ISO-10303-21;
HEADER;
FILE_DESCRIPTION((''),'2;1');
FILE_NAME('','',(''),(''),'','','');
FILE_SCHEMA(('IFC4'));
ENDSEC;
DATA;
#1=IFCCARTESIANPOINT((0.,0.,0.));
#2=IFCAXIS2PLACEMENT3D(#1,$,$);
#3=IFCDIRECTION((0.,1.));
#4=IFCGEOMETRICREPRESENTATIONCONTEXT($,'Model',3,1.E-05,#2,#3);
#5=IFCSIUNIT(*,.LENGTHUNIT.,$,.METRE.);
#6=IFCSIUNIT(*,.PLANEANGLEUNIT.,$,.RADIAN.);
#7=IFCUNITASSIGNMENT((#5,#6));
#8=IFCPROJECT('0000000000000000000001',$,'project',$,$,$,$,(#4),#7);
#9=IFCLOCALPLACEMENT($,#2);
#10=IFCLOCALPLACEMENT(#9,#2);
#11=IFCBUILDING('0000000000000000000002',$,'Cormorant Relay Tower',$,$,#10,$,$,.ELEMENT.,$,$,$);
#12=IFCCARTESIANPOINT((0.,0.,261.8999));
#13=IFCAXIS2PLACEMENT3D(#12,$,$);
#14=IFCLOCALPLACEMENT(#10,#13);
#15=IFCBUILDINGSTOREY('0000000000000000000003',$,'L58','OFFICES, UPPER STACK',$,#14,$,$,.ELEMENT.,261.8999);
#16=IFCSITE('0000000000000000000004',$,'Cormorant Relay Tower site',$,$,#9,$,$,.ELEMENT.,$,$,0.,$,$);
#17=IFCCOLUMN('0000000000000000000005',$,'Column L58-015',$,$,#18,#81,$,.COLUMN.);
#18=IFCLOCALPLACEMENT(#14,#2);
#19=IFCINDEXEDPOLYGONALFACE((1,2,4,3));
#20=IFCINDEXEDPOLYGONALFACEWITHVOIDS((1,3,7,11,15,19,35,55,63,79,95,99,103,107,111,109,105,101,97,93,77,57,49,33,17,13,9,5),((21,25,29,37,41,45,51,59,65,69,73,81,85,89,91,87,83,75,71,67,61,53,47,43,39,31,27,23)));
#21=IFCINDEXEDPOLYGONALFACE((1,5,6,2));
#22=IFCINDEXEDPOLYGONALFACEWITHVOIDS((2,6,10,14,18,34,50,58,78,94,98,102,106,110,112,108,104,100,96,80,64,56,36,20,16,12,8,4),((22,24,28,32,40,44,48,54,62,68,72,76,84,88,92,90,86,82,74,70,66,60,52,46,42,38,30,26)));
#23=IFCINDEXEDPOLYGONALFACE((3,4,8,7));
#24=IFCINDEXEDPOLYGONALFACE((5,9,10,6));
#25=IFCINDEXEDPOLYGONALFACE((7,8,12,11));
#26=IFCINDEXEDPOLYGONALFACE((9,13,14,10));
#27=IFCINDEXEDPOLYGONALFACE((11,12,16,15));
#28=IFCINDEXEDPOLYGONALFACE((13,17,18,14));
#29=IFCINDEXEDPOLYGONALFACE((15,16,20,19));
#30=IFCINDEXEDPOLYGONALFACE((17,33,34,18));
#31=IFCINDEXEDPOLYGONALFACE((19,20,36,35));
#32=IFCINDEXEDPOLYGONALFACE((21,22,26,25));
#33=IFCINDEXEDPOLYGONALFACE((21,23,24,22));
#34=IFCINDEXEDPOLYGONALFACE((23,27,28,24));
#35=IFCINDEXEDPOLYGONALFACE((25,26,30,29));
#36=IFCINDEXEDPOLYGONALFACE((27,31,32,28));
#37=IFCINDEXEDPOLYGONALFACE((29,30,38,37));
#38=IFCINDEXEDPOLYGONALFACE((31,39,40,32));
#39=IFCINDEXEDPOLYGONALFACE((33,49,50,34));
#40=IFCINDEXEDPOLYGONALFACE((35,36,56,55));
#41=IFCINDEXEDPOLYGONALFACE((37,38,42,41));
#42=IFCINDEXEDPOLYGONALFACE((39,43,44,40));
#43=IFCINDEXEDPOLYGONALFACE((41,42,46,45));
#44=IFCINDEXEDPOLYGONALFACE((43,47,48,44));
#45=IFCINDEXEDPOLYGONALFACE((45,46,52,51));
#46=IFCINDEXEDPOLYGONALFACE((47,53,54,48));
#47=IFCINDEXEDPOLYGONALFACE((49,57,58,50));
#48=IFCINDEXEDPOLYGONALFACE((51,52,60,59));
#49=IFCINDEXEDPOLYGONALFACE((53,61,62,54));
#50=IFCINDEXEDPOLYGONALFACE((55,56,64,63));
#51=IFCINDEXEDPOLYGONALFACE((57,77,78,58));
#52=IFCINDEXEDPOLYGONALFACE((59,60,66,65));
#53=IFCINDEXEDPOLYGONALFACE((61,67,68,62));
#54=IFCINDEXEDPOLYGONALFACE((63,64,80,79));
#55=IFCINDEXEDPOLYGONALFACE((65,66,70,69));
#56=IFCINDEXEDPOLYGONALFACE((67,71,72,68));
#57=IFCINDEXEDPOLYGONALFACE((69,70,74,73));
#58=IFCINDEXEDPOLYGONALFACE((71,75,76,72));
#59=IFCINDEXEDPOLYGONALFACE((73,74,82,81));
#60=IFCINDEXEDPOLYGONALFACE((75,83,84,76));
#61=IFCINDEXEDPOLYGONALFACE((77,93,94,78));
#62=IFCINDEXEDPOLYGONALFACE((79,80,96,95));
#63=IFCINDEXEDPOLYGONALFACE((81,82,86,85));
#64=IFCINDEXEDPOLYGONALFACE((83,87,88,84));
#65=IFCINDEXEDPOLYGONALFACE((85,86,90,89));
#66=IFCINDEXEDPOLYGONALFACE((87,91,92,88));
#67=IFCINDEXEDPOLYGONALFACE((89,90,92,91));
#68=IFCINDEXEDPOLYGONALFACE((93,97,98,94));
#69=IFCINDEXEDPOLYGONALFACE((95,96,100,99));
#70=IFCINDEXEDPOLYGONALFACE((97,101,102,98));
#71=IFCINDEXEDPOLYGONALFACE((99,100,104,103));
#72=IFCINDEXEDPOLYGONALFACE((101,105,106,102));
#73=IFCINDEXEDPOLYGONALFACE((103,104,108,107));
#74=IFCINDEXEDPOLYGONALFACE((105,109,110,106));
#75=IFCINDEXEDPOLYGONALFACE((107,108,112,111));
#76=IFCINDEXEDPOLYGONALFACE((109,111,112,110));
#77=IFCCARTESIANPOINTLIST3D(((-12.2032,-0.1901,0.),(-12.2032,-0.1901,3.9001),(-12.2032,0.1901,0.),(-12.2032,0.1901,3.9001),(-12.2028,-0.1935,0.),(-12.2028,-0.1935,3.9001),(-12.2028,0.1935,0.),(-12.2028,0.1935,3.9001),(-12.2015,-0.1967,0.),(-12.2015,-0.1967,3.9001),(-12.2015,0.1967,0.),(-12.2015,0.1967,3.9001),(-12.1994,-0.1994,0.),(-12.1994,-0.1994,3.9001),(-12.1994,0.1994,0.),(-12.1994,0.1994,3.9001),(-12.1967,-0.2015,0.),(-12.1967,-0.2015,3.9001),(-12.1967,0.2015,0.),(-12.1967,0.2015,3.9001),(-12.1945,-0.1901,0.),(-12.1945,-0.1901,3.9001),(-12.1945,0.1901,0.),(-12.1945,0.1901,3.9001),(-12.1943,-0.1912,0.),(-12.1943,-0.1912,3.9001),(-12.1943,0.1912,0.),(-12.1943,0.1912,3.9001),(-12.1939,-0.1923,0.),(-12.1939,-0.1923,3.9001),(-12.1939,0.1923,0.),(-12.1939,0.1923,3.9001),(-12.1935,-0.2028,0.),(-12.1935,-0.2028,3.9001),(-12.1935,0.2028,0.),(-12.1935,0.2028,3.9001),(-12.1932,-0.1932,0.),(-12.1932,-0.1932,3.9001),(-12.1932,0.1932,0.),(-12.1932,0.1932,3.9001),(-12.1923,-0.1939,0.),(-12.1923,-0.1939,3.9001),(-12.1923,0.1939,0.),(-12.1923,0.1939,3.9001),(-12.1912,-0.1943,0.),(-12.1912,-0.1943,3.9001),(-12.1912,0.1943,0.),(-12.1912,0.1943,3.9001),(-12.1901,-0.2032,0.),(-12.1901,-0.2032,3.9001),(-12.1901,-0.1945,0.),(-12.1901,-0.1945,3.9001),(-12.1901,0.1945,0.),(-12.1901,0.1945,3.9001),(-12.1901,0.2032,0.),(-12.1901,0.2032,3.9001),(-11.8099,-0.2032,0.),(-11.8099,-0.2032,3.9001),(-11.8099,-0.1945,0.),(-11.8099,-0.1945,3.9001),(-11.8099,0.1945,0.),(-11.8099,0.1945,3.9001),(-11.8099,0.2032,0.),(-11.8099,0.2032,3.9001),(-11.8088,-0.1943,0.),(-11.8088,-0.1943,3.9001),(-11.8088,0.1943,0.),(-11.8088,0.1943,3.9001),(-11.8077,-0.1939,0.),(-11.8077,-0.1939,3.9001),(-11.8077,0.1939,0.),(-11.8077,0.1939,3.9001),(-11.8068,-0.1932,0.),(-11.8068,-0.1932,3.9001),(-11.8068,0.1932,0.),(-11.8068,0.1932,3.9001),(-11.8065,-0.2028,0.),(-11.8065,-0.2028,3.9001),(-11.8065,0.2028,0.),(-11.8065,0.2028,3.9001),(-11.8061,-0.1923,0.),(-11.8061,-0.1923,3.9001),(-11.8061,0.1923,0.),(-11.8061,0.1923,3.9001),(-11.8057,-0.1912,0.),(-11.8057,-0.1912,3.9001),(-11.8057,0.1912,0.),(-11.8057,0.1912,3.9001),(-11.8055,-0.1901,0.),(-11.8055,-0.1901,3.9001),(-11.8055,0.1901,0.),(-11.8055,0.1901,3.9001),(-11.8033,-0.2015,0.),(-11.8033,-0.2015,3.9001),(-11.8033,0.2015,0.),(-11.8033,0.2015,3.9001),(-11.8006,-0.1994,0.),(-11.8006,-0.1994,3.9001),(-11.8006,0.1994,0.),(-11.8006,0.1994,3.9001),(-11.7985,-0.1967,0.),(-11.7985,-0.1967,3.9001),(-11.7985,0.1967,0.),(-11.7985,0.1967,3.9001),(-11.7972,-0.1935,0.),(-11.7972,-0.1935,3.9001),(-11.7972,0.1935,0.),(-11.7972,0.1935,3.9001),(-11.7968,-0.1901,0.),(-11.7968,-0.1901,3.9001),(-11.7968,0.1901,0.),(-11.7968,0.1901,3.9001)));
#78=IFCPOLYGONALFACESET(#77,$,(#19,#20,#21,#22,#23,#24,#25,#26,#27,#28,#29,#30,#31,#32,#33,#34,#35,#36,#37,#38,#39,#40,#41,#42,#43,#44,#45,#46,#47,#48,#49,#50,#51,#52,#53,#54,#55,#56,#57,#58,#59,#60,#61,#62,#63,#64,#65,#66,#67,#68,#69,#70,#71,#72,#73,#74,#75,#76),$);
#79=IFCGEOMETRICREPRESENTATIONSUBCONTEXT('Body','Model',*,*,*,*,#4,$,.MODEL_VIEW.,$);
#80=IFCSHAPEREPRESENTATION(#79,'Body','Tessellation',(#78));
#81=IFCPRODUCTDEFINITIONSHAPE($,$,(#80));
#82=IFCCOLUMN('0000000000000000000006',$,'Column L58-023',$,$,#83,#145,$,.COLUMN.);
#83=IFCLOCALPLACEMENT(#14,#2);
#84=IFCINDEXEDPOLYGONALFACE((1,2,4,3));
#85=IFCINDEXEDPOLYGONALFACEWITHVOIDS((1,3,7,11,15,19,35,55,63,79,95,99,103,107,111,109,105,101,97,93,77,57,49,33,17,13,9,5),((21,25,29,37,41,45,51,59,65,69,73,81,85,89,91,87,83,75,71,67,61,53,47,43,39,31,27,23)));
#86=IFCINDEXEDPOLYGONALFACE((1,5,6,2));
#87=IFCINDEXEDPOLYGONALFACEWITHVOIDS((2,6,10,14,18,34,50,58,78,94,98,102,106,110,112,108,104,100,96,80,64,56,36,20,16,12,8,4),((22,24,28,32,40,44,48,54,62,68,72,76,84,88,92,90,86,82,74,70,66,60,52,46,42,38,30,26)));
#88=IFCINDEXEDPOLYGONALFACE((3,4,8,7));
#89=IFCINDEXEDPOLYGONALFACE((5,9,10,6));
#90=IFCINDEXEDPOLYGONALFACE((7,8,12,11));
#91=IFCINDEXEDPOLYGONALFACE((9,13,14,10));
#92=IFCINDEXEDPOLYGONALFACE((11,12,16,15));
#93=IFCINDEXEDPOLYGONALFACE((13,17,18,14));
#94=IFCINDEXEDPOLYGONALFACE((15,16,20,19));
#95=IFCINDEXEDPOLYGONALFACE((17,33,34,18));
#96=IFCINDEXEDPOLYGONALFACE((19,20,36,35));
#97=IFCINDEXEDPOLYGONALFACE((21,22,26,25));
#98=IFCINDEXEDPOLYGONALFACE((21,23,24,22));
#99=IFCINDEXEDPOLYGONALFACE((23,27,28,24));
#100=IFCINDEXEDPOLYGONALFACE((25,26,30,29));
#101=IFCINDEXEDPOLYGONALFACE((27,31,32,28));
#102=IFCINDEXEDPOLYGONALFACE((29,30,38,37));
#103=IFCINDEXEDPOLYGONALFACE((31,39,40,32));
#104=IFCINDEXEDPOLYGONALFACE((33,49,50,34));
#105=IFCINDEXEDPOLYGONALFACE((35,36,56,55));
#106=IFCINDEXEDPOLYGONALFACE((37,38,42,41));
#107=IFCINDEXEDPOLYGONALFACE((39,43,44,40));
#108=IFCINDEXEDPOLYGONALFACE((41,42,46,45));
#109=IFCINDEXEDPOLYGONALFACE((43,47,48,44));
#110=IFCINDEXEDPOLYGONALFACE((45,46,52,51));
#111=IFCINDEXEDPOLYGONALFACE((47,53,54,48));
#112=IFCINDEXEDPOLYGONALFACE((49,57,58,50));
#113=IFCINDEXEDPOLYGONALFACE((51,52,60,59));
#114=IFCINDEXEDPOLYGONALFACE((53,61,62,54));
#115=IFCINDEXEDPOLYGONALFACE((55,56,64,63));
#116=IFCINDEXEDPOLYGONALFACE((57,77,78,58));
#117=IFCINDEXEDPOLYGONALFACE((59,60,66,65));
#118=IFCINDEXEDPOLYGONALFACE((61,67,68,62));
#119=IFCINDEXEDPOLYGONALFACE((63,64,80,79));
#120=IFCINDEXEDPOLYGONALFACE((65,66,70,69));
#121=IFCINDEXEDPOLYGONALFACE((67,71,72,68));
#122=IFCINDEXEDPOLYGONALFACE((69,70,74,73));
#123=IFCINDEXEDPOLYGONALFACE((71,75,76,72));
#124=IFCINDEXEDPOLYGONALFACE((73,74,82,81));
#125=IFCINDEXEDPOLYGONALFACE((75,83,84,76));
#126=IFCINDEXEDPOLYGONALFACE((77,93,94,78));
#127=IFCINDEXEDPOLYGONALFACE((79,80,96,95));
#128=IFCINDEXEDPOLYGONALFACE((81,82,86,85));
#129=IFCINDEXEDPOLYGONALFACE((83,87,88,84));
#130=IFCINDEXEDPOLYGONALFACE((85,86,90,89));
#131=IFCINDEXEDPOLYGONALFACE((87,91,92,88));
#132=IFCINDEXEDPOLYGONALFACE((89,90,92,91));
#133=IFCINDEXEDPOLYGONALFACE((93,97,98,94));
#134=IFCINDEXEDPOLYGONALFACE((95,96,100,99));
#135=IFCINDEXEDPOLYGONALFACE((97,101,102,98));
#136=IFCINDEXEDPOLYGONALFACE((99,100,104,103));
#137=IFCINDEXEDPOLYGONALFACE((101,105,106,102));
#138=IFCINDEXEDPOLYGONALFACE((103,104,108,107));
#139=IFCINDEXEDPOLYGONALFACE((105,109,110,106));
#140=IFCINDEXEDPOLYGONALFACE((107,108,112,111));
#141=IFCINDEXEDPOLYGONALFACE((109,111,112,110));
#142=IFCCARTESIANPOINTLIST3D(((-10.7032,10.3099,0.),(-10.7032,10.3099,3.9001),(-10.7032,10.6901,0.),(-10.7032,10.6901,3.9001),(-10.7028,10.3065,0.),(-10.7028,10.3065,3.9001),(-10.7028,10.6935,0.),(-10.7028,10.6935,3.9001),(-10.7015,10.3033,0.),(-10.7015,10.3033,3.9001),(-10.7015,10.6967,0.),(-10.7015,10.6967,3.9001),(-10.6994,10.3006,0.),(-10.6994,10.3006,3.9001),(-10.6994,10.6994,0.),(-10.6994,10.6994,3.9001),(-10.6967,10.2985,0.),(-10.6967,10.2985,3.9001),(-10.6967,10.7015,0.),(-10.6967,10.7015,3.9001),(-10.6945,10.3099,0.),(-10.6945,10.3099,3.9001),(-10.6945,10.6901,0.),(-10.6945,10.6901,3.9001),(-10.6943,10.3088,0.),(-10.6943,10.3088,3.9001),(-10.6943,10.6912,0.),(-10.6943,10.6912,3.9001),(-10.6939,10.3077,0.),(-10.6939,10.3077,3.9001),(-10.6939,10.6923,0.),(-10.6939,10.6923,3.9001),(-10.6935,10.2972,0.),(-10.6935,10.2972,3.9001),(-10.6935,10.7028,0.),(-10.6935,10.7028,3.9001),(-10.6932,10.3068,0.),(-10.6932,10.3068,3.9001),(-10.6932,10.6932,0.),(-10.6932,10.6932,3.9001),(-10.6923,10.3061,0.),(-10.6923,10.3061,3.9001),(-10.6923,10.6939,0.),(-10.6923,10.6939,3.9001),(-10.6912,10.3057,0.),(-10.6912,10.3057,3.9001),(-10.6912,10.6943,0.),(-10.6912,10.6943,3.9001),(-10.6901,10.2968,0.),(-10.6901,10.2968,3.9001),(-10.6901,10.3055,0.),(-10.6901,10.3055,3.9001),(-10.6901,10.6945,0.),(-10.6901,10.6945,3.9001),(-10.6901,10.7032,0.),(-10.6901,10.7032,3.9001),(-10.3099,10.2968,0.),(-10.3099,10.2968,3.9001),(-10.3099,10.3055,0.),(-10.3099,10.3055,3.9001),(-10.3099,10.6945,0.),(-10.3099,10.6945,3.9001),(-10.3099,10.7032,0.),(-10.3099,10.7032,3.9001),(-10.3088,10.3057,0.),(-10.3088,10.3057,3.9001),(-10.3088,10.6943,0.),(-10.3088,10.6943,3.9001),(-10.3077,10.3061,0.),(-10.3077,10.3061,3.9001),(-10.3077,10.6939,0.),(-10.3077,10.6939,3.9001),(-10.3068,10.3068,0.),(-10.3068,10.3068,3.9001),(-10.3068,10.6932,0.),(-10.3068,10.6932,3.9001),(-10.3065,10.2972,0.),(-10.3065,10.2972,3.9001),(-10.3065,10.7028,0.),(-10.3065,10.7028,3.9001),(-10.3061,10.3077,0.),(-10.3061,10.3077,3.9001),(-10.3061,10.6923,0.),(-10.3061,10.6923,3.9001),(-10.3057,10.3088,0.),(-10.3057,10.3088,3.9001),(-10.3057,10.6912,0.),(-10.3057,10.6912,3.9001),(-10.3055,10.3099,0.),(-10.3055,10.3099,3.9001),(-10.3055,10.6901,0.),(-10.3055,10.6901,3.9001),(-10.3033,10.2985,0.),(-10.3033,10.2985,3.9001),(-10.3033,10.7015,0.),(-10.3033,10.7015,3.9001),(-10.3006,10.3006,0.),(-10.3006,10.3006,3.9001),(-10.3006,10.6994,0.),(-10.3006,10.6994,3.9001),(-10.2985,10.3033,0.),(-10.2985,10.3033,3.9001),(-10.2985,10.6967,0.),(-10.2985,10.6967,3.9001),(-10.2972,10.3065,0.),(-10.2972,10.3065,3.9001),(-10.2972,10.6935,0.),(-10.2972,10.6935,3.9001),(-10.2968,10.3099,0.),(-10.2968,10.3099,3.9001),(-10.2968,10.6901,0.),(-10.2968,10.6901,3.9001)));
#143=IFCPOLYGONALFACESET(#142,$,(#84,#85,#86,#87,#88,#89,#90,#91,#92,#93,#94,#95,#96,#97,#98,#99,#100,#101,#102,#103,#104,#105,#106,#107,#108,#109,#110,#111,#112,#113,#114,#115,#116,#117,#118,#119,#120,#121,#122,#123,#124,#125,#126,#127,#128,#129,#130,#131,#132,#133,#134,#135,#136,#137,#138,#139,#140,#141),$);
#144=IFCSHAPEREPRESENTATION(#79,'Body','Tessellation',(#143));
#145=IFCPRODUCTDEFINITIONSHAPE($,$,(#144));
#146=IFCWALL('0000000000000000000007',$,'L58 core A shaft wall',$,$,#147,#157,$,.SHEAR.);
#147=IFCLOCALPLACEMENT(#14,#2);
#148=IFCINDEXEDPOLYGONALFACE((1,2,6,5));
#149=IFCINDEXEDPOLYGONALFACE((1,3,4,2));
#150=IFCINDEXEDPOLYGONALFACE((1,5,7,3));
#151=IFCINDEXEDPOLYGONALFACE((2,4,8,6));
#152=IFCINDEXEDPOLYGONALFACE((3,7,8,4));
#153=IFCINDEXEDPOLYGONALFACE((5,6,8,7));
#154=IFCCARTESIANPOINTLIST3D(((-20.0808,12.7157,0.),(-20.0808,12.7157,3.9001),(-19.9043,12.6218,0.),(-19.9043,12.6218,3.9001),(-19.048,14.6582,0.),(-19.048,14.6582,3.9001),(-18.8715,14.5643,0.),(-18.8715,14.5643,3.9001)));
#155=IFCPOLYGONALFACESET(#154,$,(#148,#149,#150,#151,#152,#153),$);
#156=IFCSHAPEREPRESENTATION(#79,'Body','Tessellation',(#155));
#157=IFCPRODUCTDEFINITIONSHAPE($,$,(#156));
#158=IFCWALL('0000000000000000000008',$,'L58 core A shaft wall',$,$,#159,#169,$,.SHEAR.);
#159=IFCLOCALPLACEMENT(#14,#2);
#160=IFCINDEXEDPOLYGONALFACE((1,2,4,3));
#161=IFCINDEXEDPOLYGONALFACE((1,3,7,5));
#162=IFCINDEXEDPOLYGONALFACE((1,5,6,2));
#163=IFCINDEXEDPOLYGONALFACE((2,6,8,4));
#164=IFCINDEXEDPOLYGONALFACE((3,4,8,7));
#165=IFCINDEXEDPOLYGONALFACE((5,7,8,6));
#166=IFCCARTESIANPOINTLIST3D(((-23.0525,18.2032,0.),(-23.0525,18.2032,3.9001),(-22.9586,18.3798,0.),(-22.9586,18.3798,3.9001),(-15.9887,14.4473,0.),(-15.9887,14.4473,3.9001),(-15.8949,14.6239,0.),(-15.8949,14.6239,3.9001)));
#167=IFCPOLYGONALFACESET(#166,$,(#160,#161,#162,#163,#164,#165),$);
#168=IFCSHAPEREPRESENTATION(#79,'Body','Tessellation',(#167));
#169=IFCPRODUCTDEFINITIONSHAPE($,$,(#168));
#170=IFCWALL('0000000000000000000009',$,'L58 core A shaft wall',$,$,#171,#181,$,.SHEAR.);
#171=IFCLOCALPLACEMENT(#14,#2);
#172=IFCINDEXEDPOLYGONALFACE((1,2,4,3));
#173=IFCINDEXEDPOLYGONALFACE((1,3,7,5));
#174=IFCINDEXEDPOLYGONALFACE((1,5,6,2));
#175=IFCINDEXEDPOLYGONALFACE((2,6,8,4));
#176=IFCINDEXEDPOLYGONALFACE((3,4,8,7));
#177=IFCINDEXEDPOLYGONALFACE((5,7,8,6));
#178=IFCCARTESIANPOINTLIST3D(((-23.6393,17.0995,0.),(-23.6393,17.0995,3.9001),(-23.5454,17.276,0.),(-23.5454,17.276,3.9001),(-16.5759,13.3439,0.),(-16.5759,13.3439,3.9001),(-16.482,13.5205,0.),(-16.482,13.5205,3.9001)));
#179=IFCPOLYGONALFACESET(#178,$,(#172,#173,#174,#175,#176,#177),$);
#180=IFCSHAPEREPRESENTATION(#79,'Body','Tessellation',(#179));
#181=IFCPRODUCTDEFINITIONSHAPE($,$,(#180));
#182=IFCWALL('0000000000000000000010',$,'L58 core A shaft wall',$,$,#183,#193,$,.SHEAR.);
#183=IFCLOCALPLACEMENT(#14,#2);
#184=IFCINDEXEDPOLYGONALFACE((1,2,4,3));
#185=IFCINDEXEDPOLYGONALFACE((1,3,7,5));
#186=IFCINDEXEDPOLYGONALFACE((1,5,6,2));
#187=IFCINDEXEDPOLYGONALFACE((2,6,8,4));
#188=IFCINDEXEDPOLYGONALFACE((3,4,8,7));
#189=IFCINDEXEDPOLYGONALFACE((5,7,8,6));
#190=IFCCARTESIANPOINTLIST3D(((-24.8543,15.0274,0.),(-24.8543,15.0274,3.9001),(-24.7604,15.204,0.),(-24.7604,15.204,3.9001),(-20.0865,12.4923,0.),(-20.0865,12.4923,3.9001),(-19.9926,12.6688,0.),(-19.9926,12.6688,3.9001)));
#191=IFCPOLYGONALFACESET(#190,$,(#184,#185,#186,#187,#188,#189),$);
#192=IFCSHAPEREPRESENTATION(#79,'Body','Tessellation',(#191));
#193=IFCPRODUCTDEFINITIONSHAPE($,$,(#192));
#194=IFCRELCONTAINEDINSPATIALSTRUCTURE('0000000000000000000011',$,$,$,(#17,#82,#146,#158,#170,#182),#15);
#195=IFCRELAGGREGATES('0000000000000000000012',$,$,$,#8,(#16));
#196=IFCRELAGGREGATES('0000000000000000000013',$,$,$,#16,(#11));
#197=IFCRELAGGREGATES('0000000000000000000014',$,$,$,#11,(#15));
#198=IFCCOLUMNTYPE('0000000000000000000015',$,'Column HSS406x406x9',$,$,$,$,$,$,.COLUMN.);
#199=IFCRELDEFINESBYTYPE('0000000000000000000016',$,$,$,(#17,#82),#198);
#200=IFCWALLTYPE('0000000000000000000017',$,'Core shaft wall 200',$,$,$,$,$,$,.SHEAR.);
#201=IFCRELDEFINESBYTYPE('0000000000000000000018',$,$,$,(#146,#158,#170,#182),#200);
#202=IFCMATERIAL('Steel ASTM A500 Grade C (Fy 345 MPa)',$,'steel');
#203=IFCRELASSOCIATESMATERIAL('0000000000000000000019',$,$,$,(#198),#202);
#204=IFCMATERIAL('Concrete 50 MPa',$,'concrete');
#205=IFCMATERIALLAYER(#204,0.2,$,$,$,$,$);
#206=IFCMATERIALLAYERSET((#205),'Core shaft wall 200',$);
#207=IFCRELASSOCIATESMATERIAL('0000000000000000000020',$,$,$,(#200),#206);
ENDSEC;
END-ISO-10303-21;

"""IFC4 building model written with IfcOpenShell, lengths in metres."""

from ifc_helpers import new_model, si_unit, direction, frame, frame_2d, origin, origin_2d, place, context, subcontext, project, spatial, rectangle, hollow_rectangle, extrude, material, layer, layer_set, material_profile, profile_set, type_object, element, save


model = new_model("IFC4")

# Units and contexts
model_context = context("Model", 3, precision=1e-05, world=origin(), true_north=direction((0.0, 1.0)))
body_context = subcontext(model_context, "Body", "Model", "MODEL_VIEW")
ifc_project = project(units=[si_unit("LENGTHUNIT", "METRE"), si_unit("PLANEANGLEUNIT", "RADIAN")], contexts=[model_context])

# Site, building, storey
site_placement = place(None, origin())
site = spatial("IfcSite", under=ifc_project, at=site_placement, Name="Cormorant Relay Tower site", CompositionType="ELEMENT", RefElevation=0.0)
building_placement = place(site_placement, origin())
building = spatial("IfcBuilding", under=site, at=building_placement, Name="Cormorant Relay Tower", CompositionType="ELEMENT")
storey_placement = place(building_placement, frame((0.0, 0.0, 261.8999)))
storey = spatial("IfcBuildingStorey", under=building, at=storey_placement, Name="L58", Description="OFFICES, UPPER STACK", CompositionType="ELEMENT", Elevation=261.8999)

# Columns
ifc_material_1 = material(Name="Steel ASTM A500 Grade C (Fy 345 MPa)", Category="steel")
ifc_material_profile = material_profile(ifc_material_1, hollow_rectangle(XDim=0.4065, YDim=0.4065, WallThickness=0.0088, InnerFilletRadius=0.0044, OuterFilletRadius=0.0132, at=origin_2d()), Name="HSS406x406x9")
ifc_profile_set = profile_set([ifc_material_profile], Name="Steel ASTM A500 Grade C (Fy 345 MPa)")
column_type = type_object("IfcColumnType", Name="Column HSS406x406x9", PredefinedType="COLUMN", material=ifc_profile_set)
for number, where, z_axis, x_axis, name in (
    (1, (-12.0, 0.0, 0.0), (0.0, 0.0, 1.0), (1.0, 0.0, 0.0), "Column L58-015"),
    (2, (-10.5, 10.5, 0.0), (0.0, 0.0, 1.0), (1.0, 0.0, 0.0), "Column L58-023"),
):
    element("IfcColumn", number, at=place(storey_placement, frame(where, z_axis=z_axis, x_axis=x_axis)), inside=storey, type_object=column_type, Name=name, PredefinedType="COLUMN", context=body_context, shape_type="SweptSolid", body=[
        extrude(hollow_rectangle(XDim=0.4065, YDim=0.4065, WallThickness=0.0088, InnerFilletRadius=0.0044, OuterFilletRadius=0.0132, at=origin_2d()), origin(), (0.0, 0.0, 1.0), 3.9001),
    ])

# Walls
ifc_material_2 = material(Name="Concrete 50 MPa", Category="concrete")
ifc_layer_1 = layer(ifc_material_2, 0.2)
ifc_layer_set_1 = layer_set([ifc_layer_1], Name="Core shaft wall 200")
wall_type_1 = type_object("IfcWallType", Name="Core shaft wall 200", PredefinedType="SHEAR", material=ifc_layer_set_1)
wall_1_placement = place(storey_placement, frame((-18.9597, 14.6113, 0.0), z_axis=(0.0, 0.0, 1.0), x_axis=(-0.469447, -0.88296, 0.0)))
element("IfcWall", 3, at=wall_1_placement, inside=storey, type_object=wall_type_1, Name="L58 core A shaft wall", PredefinedType="SHEAR", context=body_context, shape_type="SweptSolid", body=[
    extrude(rectangle(XDim=2.2, YDim=0.2, at=frame_2d((1.1001, 0.0))), origin(), (0.0, 0.0, 1.0), 3.9001),
])
wall_2_placement = place(storey_placement, frame((-15.9419, 14.5356, 0.0), z_axis=(0.0, 0.0, 1.0), x_axis=(-0.882947, 0.469473, 0.0)))
element("IfcWall", 4, at=wall_2_placement, inside=storey, type_object=wall_type_1, Name="L58 core A shaft wall", PredefinedType="SHEAR", context=body_context, shape_type="SweptSolid", body=[
    extrude(rectangle(XDim=8.0002, YDim=0.2, at=frame_2d((4.0, 0.0))), origin(), (0.0, 0.0, 1.0), 3.9001),
])
wall_3_placement = place(storey_placement, frame((-16.5288, 13.4321, 0.0), z_axis=(0.0, 0.0, 1.0), x_axis=(-0.882953, 0.469462, 0.0)))
element("IfcWall", 5, at=wall_3_placement, inside=storey, type_object=wall_type_1, Name="L58 core A shaft wall", PredefinedType="SHEAR", context=body_context, shape_type="SweptSolid", body=[
    extrude(rectangle(XDim=7.9998, YDim=0.2, at=frame_2d((4.0, 0.0))), origin(), (0.0, 0.0, 1.0), 3.9001),
])
wall_4_placement = place(storey_placement, frame((-20.0396, 12.5806, 0.0), z_axis=(0.0, 0.0, 1.0), x_axis=(-0.882943, 0.46948, 0.0)))
element("IfcWall", 6, at=wall_4_placement, inside=storey, type_object=wall_type_1, Name="L58 core A shaft wall", PredefinedType="SHEAR", context=body_context, shape_type="SweptSolid", body=[
    extrude(rectangle(XDim=5.3999, YDim=0.2, at=frame_2d((2.7, 0.0))), origin(), (0.0, 0.0, 1.0), 3.9001),
])

save(model, "model.ifc")
